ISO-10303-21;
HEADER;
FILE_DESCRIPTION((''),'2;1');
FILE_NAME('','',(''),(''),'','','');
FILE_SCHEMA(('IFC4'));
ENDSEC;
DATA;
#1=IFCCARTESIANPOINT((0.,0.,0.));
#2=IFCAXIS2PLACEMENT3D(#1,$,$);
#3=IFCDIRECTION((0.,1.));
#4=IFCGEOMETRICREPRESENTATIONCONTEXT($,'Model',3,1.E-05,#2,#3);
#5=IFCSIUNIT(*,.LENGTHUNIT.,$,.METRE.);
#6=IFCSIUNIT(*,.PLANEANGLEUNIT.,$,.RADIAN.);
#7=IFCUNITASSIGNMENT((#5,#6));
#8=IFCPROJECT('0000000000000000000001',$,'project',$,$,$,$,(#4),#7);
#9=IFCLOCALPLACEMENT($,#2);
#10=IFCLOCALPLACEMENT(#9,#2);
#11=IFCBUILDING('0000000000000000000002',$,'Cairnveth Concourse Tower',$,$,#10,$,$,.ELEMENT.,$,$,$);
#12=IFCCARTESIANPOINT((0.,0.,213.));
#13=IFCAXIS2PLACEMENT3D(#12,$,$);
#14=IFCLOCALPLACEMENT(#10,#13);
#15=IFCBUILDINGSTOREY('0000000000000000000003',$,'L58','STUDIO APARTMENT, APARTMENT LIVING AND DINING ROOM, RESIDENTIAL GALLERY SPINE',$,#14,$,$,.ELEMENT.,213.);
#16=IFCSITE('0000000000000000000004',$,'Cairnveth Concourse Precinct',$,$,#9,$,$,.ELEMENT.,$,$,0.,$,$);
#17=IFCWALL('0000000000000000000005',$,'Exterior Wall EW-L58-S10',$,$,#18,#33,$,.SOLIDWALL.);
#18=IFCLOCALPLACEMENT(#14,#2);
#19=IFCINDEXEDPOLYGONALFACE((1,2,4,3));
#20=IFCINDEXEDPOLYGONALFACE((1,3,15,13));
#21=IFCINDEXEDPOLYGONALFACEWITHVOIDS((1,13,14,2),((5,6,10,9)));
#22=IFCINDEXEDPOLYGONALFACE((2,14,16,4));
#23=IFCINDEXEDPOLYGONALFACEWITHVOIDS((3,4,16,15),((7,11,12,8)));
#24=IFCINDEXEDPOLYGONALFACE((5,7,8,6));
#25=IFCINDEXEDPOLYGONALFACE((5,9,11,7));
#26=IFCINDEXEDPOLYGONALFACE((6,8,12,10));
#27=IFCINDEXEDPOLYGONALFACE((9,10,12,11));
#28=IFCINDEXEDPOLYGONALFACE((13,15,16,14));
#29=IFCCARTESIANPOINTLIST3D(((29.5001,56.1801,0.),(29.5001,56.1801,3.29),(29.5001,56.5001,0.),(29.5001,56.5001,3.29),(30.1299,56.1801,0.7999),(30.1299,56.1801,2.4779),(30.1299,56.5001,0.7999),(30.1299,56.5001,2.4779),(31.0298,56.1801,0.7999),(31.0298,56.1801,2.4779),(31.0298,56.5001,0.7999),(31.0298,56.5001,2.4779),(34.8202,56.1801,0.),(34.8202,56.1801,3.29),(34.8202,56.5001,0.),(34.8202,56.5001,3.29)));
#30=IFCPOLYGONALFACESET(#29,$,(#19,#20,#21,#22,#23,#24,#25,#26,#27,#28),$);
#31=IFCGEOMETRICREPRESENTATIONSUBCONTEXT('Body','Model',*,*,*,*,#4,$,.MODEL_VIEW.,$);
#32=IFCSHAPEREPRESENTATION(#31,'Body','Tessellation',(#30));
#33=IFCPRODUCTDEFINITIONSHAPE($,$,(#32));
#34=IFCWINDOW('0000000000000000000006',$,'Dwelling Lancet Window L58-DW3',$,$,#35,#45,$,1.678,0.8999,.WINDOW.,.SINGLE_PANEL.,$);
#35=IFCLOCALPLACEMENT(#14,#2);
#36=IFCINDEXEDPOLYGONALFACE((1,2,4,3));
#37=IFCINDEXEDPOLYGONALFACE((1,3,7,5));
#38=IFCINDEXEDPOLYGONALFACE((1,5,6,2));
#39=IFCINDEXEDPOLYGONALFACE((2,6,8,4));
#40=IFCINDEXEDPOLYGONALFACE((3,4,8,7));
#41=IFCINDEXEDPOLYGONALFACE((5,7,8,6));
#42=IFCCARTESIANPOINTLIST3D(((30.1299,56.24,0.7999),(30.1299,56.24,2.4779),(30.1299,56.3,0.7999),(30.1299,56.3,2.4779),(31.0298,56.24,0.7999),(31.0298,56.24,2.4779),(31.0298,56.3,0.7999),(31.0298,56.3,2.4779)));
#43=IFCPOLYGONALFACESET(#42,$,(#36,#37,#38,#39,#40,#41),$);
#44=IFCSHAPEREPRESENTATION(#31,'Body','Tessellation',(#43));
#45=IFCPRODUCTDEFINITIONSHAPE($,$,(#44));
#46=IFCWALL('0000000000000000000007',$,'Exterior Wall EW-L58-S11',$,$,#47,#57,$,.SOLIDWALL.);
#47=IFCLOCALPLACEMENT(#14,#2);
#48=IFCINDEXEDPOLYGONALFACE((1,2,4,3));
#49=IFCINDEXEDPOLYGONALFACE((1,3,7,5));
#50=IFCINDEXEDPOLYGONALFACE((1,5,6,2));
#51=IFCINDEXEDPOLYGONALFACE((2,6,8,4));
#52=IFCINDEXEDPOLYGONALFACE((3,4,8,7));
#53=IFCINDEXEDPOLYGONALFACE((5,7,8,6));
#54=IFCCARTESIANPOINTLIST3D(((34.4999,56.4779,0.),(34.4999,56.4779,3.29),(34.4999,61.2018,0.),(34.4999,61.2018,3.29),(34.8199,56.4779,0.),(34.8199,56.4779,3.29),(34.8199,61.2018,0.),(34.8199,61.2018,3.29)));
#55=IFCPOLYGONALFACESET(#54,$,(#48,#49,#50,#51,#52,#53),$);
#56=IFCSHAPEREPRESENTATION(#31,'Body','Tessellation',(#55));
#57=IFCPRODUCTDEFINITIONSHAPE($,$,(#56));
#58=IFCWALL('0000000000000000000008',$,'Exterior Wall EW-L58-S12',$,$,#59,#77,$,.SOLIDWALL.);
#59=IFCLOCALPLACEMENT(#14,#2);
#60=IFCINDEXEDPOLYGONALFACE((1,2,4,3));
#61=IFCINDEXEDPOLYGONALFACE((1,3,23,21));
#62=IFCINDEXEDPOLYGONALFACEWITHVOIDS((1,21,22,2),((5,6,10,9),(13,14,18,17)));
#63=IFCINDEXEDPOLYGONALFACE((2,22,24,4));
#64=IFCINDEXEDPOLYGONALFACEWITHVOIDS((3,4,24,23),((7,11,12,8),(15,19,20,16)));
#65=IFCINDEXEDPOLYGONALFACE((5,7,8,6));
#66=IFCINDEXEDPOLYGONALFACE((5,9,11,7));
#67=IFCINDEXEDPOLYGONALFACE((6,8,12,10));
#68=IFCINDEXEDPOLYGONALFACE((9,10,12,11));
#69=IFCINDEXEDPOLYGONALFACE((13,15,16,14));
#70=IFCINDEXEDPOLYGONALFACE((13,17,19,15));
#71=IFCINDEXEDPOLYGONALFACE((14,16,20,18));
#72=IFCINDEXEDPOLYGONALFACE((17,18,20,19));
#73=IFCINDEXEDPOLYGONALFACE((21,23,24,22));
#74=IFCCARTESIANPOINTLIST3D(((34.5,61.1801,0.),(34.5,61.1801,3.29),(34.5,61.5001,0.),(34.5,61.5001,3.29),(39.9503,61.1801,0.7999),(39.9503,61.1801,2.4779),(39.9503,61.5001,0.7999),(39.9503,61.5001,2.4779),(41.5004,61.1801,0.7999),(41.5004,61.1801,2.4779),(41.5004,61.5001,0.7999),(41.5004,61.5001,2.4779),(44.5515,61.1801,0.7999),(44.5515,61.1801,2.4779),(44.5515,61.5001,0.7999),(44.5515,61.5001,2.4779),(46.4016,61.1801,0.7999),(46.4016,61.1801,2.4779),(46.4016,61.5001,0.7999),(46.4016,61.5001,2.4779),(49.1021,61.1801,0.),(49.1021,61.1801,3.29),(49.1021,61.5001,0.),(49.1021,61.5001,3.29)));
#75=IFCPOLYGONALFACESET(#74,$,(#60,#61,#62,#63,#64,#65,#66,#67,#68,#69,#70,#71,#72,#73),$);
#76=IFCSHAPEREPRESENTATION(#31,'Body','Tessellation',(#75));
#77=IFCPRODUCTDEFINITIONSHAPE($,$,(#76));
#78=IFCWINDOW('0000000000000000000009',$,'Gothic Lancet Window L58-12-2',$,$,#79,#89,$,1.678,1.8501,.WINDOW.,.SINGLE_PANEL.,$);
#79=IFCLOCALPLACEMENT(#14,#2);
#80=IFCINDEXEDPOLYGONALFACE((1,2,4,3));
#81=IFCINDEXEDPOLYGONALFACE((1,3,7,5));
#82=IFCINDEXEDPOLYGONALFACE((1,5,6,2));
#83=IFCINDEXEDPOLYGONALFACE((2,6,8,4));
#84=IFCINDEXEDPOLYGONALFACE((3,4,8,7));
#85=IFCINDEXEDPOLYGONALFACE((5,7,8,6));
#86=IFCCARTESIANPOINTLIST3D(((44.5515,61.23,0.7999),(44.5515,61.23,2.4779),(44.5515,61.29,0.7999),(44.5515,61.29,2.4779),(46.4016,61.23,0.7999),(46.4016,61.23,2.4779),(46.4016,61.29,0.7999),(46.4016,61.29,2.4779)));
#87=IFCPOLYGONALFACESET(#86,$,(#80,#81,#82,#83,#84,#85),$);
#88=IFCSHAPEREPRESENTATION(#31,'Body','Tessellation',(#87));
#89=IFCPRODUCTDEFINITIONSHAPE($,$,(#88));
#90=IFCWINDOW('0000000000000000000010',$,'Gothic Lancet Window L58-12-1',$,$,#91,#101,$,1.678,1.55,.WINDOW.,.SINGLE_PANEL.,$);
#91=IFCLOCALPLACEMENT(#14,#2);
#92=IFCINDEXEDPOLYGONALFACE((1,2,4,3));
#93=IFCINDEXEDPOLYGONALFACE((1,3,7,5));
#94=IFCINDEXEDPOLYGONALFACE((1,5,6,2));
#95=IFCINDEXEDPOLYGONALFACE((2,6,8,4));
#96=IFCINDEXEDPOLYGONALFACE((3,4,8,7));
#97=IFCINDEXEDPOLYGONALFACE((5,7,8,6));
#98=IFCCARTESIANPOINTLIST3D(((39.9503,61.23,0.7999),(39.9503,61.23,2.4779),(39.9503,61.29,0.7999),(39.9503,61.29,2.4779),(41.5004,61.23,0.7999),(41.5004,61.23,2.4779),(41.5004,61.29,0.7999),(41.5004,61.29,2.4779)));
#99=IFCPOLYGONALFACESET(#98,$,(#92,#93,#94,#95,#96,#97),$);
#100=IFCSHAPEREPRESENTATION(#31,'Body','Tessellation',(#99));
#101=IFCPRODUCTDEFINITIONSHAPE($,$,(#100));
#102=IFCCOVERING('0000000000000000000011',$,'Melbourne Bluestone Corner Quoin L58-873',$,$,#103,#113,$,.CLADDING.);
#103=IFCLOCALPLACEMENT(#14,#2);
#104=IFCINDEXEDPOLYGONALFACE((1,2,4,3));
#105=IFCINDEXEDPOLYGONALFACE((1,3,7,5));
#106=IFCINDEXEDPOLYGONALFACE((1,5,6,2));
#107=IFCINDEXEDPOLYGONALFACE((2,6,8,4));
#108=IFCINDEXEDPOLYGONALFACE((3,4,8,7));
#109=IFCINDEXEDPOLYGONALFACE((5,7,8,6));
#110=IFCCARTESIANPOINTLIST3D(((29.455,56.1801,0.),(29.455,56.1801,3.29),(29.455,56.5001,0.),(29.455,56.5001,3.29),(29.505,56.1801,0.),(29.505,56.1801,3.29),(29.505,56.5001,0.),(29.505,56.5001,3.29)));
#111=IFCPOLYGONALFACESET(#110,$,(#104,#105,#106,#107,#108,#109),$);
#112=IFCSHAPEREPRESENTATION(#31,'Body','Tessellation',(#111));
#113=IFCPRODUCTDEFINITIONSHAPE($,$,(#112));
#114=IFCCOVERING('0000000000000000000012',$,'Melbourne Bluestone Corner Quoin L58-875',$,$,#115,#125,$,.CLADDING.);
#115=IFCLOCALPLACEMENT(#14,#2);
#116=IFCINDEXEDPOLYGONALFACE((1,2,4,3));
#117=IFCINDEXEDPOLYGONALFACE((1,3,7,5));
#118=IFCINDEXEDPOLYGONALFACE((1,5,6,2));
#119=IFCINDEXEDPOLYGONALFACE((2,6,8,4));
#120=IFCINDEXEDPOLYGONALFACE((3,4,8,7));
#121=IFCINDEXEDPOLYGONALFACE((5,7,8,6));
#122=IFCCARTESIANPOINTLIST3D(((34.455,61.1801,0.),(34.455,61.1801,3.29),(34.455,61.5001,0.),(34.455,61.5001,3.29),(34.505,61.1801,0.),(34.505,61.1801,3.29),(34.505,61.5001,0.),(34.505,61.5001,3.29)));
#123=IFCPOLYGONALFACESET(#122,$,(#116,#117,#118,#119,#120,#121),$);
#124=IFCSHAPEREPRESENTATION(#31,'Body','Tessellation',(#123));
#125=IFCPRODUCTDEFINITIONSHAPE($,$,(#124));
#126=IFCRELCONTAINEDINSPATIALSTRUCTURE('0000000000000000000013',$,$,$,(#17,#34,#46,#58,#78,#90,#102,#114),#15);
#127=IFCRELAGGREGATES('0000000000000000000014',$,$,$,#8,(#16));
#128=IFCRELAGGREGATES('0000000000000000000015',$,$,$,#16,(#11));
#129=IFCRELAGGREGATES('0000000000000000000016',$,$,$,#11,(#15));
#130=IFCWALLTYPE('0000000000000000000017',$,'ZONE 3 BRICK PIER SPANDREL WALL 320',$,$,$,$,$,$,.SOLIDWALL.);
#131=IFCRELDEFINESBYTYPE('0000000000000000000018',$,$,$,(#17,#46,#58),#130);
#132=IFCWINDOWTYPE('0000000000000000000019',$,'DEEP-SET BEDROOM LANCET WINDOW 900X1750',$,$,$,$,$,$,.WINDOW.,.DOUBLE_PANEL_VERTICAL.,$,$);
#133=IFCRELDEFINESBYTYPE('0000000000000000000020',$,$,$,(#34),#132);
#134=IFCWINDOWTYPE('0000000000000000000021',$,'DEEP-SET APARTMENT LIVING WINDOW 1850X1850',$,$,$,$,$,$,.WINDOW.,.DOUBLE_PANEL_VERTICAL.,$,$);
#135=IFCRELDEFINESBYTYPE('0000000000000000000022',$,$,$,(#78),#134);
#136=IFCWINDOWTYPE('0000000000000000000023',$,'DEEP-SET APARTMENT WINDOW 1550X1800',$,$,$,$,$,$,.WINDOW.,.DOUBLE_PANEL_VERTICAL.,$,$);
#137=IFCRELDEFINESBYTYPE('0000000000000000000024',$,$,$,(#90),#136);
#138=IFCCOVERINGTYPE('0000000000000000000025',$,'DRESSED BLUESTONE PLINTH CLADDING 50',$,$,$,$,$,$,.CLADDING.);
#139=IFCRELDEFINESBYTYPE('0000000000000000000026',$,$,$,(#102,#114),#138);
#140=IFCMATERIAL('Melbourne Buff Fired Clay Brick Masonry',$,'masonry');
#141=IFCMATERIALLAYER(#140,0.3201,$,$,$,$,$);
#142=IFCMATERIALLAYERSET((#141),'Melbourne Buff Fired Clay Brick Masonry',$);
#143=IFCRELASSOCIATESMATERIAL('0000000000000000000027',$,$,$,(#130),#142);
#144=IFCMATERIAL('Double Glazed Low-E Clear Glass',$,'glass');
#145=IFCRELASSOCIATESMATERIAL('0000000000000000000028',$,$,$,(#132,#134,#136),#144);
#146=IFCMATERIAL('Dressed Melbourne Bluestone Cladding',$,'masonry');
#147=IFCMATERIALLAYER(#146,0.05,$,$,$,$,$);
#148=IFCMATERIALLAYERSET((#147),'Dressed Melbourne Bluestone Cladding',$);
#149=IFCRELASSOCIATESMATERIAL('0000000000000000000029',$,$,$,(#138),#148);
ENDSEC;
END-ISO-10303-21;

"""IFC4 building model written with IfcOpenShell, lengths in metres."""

from ifc_helpers import new_model, si_unit, direction, frame, frame_2d, origin, place, context, subcontext, project, spatial, rectangle, extrude, material, layer, layer_set, type_object, element, fill, save


model = new_model("IFC4")

# Units and contexts
model_context = context("Model", 3, precision=1e-05, world=origin(), true_north=direction((0.0, 1.0)))
body_context = subcontext(model_context, "Body", "Model", "MODEL_VIEW")
ifc_project = project(units=[si_unit("LENGTHUNIT", "METRE"), si_unit("PLANEANGLEUNIT", "RADIAN")], contexts=[model_context])

# Site, building, storey
site_placement = place(None, origin())
site = spatial("IfcSite", under=ifc_project, at=site_placement, Name="Cairnveth Concourse Precinct", CompositionType="ELEMENT", RefElevation=0.0)
building_placement = place(site_placement, origin())
building = spatial("IfcBuilding", under=site, at=building_placement, Name="Cairnveth Concourse Tower", CompositionType="ELEMENT")
storey_placement = place(building_placement, frame((0.0, 0.0, 213.0)))
storey = spatial("IfcBuildingStorey", under=building, at=storey_placement, Name="L58", Description="STUDIO APARTMENT, APARTMENT LIVING AND DINING ROOM, RESIDENTIAL GALLERY SPINE", CompositionType="ELEMENT", Elevation=213.0)

# Wall, opening, window
ifc_material_1 = material(Name="Melbourne Buff Fired Clay Brick Masonry", Category="masonry")
ifc_layer_1 = layer(ifc_material_1, 0.3201)
ifc_layer_set_1 = layer_set([ifc_layer_1], Name="Melbourne Buff Fired Clay Brick Masonry")
wall_type_1 = type_object("IfcWallType", Name="ZONE 3 BRICK PIER SPANDREL WALL 320", PredefinedType="SOLIDWALL", material=ifc_layer_set_1)
wall_1_placement = place(storey_placement, frame((29.5, 56.3401, 0.0), z_axis=(0.0, 0.0, 1.0), x_axis=(1.0, 0.0, 0.0)))
wall_1 = element("IfcWall", 1, at=wall_1_placement, inside=storey, type_object=wall_type_1, Name="Exterior Wall EW-L58-S10", PredefinedType="SOLIDWALL", context=body_context, shape_type="SweptSolid", body=[
    extrude(rectangle(XDim=5.3201, YDim=0.3201, at=frame_2d((2.6602, 0.0))), origin(), (0.0, 0.0, 1.0), 3.29),
])
opening_1_placement = place(wall_1_placement, frame((0.6299, 0.0, 0.8)))
opening_1 = element("IfcOpeningElement", 2, at=opening_1_placement, cuts=wall_1, PredefinedType="OPENING", context=body_context, shape_type="SweptSolid", body=[
    extrude(rectangle(XDim=0.8999, YDim=1.678, at=frame_2d((0.45, 0.8389))), frame((0.0, 0.1699, 0.0), z_axis=(0.0, -1.0, 0.0), x_axis=(1.0, 0.0, 0.0)), (0.0, 0.0, 1.0), 0.3401),
])
ifc_material_2 = material(Name="Double Glazed Low-E Clear Glass", Category="glass")
window_type_1 = type_object("IfcWindowType", Name="DEEP-SET BEDROOM LANCET WINDOW 900X1750", PartitioningType="DOUBLE_PANEL_VERTICAL", PredefinedType="WINDOW", material=ifc_material_2)
window_1_placement = place(opening_1_placement, origin())
window_1 = element("IfcWindow", 3, at=window_1_placement, inside=storey, type_object=window_type_1, Name="Dwelling Lancet Window L58-DW3", OverallHeight=1.678, OverallWidth=0.8999, PartitioningType="SINGLE_PANEL", PredefinedType="WINDOW", context=body_context, shape_type="SweptSolid", body=[
    extrude(rectangle(XDim=0.8999, YDim=1.678, at=frame_2d((0.45, 0.8389))), frame((0.0, -0.04, 0.0), z_axis=(0.0, -1.0, 0.0), x_axis=(1.0, 0.0, 0.0)), (0.0, 0.0, 1.0), 0.0601),
])
fill(opening_1, window_1)

# Wall
wall_2_placement = place(storey_placement, frame((34.6599, 56.478, 0.0), z_axis=(0.0, 0.0, 1.0), x_axis=(0.0, 1.0, 0.0)))
element("IfcWall", 4, at=wall_2_placement, inside=storey, type_object=wall_type_1, Name="Exterior Wall EW-L58-S11", PredefinedType="SOLIDWALL", context=body_context, shape_type="SweptSolid", body=[
    extrude(rectangle(XDim=4.7239, YDim=0.3201, at=frame_2d((2.3618, 0.0))), origin(), (0.0, 0.0, 1.0), 3.29),
])

# Wall, openings, windows
wall_3_placement = place(storey_placement, frame((34.5, 61.3401, 0.0), z_axis=(0.0, 0.0, 1.0), x_axis=(1.0, 0.0, 0.0)))
wall_3 = element("IfcWall", 5, at=wall_3_placement, inside=storey, type_object=wall_type_1, Name="Exterior Wall EW-L58-S12", PredefinedType="SOLIDWALL", context=body_context, shape_type="SweptSolid", body=[
    extrude(rectangle(XDim=14.6021, YDim=0.3201, at=frame_2d((7.301, 0.0))), origin(), (0.0, 0.0, 1.0), 3.29),
])
opening_2_placement = place(wall_3_placement, frame((5.4504, 0.0, 0.8)))
opening_2 = element("IfcOpeningElement", 6, at=opening_2_placement, cuts=wall_3, PredefinedType="OPENING", context=body_context, shape_type="SweptSolid", body=[
    extrude(rectangle(XDim=1.55, YDim=1.678, at=frame_2d((0.7749, 0.8389))), frame((0.0, 0.1699, 0.0), z_axis=(0.0, -1.0, 0.0), x_axis=(1.0, 0.0, 0.0)), (0.0, 0.0, 1.0), 0.3401),
])
opening_3_placement = place(wall_3_placement, frame((10.0515, 0.0, 0.8)))
opening_3 = element("IfcOpeningElement", 7, at=opening_3_placement, cuts=wall_3, PredefinedType="OPENING", context=body_context, shape_type="SweptSolid", body=[
    extrude(rectangle(XDim=1.8501, YDim=1.678, at=frame_2d((0.925, 0.8389))), frame((0.0, 0.1699, 0.0), z_axis=(0.0, -1.0, 0.0), x_axis=(1.0, 0.0, 0.0)), (0.0, 0.0, 1.0), 0.3401),
])
window_type_2 = type_object("IfcWindowType", Name="DEEP-SET APARTMENT LIVING WINDOW 1850X1850", PartitioningType="DOUBLE_PANEL_VERTICAL", PredefinedType="WINDOW", material=ifc_material_2)
window_2_placement = place(opening_3_placement, origin())
window_2 = element("IfcWindow", 8, at=window_2_placement, inside=storey, type_object=window_type_2, Name="Gothic Lancet Window L58-12-2", OverallHeight=1.678, OverallWidth=1.8501, PartitioningType="SINGLE_PANEL", PredefinedType="WINDOW", context=body_context, shape_type="SweptSolid", body=[
    extrude(rectangle(XDim=1.8501, YDim=1.678, at=frame_2d((0.925, 0.8389))), frame((0.0, -0.05, 0.0), z_axis=(0.0, -1.0, 0.0), x_axis=(1.0, 0.0, 0.0)), (0.0, 0.0, 1.0), 0.0601),
])
fill(opening_3, window_2)
window_type_3 = type_object("IfcWindowType", Name="DEEP-SET APARTMENT WINDOW 1550X1800", PartitioningType="DOUBLE_PANEL_VERTICAL", PredefinedType="WINDOW", material=ifc_material_2)
window_3_placement = place(opening_2_placement, origin())
window_3 = element("IfcWindow", 9, at=window_3_placement, inside=storey, type_object=window_type_3, Name="Gothic Lancet Window L58-12-1", OverallHeight=1.678, OverallWidth=1.55, PartitioningType="SINGLE_PANEL", PredefinedType="WINDOW", context=body_context, shape_type="SweptSolid", body=[
    extrude(rectangle(XDim=1.55, YDim=1.678, at=frame_2d((0.7749, 0.8389))), frame((0.0, -0.05, 0.0), z_axis=(0.0, -1.0, 0.0), x_axis=(1.0, 0.0, 0.0)), (0.0, 0.0, 1.0), 0.0601),
])
fill(opening_2, window_3)

# Coverings
ifc_material_3 = material(Name="Dressed Melbourne Bluestone Cladding", Category="masonry")
ifc_layer_2 = layer(ifc_material_3, 0.05)
ifc_layer_set_2 = layer_set([ifc_layer_2], Name="Dressed Melbourne Bluestone Cladding")
covering_type = type_object("IfcCoveringType", Name="DRESSED BLUESTONE PLINTH CLADDING 50", PredefinedType="CLADDING", material=ifc_layer_set_2)
for number, where, z_axis, x_axis, name in (
    (10, (29.48, 56.1799, 0.0), (0.0, 0.0, 1.0), (0.0, 1.0, 0.0), "Melbourne Bluestone Corner Quoin L58-873"),
    (11, (34.48, 61.1799, 0.0), (0.0, 0.0, 1.0), (0.0, 1.0, 0.0), "Melbourne Bluestone Corner Quoin L58-875"),
):
    element("IfcCovering", number, at=place(storey_placement, frame(where, z_axis=z_axis, x_axis=x_axis)), inside=storey, type_object=covering_type, Name=name, PredefinedType="CLADDING", context=body_context, shape_type="SweptSolid", body=[
        extrude(rectangle(XDim=0.3201, YDim=0.05, at=frame_2d((0.1602, 0.0))), origin(), (0.0, 0.0, 1.0), 3.29),
    ])

save(model, "model.ifc")
